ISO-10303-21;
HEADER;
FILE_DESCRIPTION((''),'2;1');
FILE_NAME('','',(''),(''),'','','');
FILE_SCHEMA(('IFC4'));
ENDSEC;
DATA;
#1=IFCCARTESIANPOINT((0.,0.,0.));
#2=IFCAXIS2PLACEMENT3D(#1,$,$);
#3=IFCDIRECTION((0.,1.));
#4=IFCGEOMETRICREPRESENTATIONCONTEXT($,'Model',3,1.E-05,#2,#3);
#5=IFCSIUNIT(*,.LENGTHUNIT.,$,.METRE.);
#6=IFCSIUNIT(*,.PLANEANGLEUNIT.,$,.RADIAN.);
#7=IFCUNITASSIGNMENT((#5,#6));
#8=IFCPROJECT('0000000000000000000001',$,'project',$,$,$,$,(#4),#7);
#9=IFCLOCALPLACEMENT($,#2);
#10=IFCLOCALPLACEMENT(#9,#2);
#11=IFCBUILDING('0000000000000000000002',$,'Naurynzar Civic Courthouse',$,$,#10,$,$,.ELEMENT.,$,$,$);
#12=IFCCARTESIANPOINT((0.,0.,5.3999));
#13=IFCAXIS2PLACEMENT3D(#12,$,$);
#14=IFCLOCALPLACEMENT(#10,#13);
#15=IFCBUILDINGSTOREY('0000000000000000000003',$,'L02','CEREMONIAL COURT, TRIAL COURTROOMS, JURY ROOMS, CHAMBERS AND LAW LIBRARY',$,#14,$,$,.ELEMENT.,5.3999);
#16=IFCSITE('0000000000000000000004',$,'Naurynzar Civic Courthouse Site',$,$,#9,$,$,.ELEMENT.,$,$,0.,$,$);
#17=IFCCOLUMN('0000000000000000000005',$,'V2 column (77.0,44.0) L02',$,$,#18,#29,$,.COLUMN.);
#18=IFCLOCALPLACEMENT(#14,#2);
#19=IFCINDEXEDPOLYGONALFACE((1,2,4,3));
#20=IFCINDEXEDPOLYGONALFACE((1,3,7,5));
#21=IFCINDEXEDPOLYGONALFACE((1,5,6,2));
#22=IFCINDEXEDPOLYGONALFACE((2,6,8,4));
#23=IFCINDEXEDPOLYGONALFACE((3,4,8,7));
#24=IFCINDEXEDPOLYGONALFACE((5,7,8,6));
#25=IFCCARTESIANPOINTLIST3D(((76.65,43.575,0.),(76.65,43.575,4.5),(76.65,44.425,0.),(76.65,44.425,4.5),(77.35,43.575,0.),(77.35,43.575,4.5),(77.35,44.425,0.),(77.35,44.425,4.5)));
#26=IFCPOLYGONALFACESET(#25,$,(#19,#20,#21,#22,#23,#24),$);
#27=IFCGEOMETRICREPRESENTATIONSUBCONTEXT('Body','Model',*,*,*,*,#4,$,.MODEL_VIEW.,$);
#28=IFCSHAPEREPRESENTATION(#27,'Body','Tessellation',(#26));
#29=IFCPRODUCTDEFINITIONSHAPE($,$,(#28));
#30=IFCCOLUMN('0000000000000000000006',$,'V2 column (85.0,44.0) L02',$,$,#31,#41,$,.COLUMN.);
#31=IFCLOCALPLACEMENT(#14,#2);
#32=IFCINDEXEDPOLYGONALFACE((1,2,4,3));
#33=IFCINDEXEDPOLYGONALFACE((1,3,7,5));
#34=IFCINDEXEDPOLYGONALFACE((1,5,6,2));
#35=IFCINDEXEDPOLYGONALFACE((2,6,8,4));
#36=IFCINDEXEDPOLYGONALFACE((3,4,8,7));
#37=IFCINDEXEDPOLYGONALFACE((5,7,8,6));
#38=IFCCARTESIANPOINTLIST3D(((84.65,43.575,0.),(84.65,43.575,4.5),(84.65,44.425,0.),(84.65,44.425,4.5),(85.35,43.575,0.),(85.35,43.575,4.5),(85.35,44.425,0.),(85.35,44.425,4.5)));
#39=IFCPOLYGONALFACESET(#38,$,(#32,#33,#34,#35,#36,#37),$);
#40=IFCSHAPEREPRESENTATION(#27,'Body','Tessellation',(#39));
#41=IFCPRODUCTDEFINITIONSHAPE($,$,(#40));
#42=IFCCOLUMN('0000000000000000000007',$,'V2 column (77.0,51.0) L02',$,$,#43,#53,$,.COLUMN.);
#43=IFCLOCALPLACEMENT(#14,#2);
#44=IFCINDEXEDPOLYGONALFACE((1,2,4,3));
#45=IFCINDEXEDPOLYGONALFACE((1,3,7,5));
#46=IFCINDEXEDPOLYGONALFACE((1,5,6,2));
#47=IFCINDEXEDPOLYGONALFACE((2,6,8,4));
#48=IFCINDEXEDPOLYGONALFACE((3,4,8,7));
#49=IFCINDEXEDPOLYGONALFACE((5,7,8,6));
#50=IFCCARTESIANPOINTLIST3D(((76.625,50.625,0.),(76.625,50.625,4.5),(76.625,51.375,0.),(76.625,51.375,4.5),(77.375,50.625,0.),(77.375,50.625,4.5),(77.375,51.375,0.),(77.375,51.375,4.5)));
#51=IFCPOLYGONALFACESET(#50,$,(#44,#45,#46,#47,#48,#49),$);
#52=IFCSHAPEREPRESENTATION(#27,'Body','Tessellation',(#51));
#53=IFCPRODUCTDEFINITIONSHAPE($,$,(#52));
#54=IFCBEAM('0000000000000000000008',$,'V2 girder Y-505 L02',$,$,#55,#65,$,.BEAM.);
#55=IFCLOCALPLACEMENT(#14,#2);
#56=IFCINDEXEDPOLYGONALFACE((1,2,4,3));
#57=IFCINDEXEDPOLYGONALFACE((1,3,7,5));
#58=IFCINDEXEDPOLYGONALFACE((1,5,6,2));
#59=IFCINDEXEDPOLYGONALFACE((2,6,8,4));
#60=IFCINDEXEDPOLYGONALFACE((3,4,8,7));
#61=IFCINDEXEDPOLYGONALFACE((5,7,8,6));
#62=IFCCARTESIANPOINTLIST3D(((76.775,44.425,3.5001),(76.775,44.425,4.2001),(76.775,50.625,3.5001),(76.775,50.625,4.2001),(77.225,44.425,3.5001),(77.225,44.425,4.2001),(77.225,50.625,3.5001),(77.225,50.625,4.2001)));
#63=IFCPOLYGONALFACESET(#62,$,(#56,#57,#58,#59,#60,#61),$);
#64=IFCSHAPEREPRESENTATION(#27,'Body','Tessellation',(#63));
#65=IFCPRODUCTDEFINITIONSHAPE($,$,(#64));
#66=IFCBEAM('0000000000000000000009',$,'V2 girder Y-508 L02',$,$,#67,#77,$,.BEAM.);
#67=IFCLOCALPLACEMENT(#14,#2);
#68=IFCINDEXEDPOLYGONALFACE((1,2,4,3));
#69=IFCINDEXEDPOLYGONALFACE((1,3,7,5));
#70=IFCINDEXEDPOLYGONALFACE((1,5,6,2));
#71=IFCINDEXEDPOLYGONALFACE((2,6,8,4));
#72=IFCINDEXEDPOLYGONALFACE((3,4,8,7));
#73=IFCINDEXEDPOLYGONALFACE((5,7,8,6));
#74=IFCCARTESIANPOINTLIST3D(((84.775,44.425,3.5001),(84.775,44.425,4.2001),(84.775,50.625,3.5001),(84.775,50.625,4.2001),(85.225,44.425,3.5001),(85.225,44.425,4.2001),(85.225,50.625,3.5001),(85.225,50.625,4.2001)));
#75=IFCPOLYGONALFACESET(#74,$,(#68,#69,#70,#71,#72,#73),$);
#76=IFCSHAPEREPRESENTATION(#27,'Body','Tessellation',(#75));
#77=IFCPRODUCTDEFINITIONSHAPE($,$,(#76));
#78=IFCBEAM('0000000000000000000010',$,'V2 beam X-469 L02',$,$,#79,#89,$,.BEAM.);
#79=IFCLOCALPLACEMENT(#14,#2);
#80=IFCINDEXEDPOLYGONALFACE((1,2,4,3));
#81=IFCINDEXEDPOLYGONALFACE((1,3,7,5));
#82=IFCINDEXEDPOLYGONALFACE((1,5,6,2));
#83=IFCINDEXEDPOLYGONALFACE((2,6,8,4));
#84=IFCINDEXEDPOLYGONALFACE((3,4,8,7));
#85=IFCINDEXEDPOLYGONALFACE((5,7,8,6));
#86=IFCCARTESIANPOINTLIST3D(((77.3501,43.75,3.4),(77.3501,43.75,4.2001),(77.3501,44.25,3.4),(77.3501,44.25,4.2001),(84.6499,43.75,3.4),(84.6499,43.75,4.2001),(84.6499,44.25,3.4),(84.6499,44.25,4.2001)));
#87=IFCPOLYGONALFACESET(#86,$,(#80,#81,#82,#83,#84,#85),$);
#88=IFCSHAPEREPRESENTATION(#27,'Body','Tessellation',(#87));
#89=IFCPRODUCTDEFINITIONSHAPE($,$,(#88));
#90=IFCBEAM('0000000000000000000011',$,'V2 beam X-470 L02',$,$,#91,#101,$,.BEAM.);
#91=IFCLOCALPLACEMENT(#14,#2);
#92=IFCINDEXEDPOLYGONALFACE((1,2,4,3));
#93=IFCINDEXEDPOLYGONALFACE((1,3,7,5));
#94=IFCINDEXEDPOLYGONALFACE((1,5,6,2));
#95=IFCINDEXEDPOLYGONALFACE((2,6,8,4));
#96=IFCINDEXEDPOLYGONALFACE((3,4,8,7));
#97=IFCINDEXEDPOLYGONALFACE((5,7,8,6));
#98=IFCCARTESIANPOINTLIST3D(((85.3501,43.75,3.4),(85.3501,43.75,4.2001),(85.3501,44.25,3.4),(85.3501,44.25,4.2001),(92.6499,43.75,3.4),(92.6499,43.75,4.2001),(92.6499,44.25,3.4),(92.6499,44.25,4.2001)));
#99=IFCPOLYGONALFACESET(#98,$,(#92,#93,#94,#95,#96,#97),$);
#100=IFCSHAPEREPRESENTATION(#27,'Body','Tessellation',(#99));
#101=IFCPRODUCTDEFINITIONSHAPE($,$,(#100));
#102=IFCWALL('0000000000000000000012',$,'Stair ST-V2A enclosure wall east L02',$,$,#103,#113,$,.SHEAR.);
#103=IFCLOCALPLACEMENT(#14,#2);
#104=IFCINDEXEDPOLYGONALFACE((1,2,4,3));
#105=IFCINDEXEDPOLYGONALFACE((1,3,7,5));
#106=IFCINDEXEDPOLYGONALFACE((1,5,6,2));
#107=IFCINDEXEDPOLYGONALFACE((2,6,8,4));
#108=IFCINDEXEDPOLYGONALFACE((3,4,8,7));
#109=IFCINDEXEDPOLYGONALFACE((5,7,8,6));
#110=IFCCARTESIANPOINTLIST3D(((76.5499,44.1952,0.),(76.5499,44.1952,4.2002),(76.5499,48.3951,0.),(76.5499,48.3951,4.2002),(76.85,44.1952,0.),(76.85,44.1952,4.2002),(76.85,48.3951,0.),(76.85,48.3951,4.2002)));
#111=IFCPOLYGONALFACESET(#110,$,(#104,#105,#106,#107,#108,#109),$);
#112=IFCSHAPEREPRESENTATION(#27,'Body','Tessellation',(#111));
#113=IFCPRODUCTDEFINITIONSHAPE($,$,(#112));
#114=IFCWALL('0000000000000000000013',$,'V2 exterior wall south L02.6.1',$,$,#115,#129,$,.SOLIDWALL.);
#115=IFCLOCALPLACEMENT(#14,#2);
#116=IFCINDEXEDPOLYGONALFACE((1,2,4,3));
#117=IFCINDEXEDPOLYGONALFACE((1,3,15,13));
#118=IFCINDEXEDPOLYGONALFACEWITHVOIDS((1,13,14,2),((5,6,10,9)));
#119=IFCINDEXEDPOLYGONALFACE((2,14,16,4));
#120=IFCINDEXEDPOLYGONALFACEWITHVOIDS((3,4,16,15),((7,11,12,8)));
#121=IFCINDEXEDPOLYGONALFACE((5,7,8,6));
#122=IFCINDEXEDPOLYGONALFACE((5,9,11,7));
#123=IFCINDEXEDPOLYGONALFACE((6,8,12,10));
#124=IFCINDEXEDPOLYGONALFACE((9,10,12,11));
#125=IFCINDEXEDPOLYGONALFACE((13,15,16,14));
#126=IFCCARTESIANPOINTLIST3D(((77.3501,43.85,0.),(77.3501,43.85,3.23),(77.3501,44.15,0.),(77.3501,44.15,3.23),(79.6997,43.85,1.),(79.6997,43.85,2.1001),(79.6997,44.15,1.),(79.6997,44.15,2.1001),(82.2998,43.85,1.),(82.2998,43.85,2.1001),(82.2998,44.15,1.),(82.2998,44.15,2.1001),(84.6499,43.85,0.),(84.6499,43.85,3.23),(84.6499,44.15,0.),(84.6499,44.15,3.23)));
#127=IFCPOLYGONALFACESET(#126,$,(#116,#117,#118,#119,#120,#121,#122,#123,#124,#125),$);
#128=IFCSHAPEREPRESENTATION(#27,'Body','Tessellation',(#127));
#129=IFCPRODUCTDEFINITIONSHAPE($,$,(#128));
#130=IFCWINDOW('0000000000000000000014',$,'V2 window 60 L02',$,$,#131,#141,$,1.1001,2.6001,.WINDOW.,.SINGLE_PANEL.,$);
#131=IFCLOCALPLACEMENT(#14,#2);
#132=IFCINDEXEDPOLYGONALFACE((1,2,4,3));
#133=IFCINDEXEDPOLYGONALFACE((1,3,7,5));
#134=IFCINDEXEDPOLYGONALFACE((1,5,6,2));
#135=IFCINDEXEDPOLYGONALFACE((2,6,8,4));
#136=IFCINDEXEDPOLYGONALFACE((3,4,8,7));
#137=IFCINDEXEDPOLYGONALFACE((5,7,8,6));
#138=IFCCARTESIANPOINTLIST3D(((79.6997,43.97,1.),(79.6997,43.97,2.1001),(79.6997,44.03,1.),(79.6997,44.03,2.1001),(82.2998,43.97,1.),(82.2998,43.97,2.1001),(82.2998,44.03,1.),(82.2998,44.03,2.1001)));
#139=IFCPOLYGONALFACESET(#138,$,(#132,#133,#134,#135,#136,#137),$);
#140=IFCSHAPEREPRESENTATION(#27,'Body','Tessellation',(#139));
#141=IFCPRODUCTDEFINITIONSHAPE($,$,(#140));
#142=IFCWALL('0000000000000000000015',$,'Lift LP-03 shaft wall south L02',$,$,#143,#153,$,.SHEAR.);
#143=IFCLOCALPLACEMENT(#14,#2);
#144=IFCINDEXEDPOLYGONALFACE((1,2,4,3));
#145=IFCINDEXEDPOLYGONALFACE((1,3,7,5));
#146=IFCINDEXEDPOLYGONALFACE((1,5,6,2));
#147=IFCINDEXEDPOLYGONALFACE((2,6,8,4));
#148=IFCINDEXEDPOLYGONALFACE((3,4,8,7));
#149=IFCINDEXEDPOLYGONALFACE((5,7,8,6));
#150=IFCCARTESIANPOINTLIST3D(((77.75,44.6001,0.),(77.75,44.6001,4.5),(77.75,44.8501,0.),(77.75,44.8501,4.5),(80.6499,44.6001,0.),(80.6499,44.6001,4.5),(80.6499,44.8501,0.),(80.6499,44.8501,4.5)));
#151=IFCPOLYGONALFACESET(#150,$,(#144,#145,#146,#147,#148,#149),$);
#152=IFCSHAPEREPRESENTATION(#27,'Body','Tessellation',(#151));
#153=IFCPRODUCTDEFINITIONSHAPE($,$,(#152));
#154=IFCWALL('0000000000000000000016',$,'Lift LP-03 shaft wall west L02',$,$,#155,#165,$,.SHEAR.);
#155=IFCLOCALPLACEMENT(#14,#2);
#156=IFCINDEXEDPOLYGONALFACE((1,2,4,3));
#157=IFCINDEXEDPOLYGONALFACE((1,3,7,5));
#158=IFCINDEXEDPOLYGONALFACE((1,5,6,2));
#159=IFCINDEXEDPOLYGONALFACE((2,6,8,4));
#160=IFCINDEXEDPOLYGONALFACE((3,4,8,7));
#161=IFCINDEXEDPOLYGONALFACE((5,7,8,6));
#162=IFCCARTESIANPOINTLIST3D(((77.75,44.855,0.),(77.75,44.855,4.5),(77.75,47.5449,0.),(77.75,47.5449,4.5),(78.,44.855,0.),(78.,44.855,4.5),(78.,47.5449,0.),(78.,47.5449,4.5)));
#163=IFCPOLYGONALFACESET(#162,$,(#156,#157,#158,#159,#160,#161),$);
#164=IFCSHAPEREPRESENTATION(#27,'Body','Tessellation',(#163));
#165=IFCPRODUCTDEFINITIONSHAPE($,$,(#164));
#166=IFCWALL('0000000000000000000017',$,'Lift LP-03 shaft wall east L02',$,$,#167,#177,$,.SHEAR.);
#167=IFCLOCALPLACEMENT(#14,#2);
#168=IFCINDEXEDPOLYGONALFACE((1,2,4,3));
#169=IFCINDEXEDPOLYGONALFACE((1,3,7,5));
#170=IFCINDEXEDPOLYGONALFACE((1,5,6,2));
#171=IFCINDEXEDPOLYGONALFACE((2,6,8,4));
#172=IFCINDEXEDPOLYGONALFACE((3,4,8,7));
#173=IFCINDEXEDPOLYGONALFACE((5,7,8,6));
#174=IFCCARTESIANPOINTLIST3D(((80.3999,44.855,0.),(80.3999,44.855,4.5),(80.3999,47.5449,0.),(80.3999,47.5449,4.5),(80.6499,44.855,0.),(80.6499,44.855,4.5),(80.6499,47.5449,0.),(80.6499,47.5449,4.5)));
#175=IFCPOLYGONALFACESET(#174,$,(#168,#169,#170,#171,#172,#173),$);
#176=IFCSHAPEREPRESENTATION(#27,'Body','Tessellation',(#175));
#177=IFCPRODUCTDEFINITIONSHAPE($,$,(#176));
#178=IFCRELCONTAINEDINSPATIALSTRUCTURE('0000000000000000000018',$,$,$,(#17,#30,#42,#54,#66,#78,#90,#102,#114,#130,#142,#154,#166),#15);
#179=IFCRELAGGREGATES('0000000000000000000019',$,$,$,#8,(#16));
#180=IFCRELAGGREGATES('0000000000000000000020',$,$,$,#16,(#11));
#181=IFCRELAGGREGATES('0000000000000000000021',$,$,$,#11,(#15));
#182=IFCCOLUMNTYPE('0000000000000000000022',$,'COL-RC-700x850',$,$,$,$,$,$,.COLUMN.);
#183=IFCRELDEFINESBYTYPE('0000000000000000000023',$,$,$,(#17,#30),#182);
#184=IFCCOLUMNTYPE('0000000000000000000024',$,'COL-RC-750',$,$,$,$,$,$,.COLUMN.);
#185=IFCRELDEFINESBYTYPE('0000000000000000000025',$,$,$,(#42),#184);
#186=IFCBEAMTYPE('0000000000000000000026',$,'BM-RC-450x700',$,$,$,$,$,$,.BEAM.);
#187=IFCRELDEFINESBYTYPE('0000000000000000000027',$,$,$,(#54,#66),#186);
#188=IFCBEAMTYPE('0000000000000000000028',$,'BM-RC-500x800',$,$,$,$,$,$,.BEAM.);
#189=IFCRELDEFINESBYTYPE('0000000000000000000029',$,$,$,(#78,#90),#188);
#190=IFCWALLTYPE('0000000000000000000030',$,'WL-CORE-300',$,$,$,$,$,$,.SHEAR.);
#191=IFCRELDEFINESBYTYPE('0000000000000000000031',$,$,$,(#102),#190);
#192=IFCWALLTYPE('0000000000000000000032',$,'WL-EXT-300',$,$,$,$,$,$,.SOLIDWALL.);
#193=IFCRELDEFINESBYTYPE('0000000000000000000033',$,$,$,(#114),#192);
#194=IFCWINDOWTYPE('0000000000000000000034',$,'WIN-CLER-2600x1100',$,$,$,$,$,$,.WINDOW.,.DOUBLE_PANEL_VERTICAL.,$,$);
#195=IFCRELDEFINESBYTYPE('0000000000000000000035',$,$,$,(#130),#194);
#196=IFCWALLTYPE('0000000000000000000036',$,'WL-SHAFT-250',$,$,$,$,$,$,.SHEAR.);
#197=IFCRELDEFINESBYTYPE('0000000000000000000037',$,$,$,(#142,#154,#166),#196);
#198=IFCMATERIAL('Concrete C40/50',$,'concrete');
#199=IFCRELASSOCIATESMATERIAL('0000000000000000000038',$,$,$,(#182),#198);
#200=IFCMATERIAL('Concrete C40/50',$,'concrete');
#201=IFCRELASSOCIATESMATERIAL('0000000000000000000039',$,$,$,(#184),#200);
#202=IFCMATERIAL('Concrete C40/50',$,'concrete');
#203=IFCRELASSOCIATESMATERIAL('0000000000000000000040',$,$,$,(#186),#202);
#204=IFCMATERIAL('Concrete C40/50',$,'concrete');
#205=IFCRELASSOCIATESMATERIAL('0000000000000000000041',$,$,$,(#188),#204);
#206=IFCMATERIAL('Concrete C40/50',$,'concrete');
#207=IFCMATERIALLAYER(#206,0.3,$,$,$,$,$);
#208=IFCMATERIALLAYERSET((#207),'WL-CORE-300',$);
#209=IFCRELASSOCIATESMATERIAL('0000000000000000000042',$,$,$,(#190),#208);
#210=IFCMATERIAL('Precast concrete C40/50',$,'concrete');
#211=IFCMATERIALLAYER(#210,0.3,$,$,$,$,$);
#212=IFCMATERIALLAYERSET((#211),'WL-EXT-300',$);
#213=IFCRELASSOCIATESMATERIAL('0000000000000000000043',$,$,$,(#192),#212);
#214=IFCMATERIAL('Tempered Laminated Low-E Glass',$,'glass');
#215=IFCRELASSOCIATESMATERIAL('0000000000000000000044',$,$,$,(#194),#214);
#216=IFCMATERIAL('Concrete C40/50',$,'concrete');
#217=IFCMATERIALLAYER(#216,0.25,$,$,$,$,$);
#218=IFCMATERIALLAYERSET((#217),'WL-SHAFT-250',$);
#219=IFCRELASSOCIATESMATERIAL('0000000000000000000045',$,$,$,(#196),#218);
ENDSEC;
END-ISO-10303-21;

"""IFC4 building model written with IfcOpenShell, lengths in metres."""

from ifc_helpers import new_model, si_unit, direction, frame, frame_2d, origin, origin_2d, place, context, subcontext, project, spatial, rectangle, extrude, material, layer, layer_set, material_profile, profile_set, type_object, element, fill, save


model = new_model("IFC4")

# Units and contexts
model_context = context("Model", 3, precision=1e-05, world=origin(), true_north=direction((0.0, 1.0)))
body_context = subcontext(model_context, "Body", "Model", "MODEL_VIEW")
ifc_project = project(units=[si_unit("LENGTHUNIT", "METRE"), si_unit("PLANEANGLEUNIT", "RADIAN")], contexts=[model_context])

# Site, building, storey
site_placement = place(None, origin())
site = spatial("IfcSite", under=ifc_project, at=site_placement, Name="Naurynzar Civic Courthouse Site", CompositionType="ELEMENT", RefElevation=0.0)
building_placement = place(site_placement, origin())
building = spatial("IfcBuilding", under=site, at=building_placement, Name="Naurynzar Civic Courthouse", CompositionType="ELEMENT")
storey_placement = place(building_placement, frame((0.0, 0.0, 5.3999)))
storey = spatial("IfcBuildingStorey", under=building, at=storey_placement, Name="L02", Description="CEREMONIAL COURT, TRIAL COURTROOMS, JURY ROOMS, CHAMBERS AND LAW LIBRARY", CompositionType="ELEMENT", Elevation=5.3999)

# Columns
ifc_material_1 = material(Name="Concrete C40/50", Category="concrete")
ifc_material_profile_1 = material_profile(ifc_material_1, rectangle(XDim=0.7, YDim=0.8501, at=origin_2d()), Name="RC 700x850")
ifc_profile_set_1 = profile_set([ifc_material_profile_1], Name="Concrete C40/50")
column_type_1 = type_object("IfcColumnType", Name="COL-RC-700x850", PredefinedType="COLUMN", material=ifc_profile_set_1)
for number, where, z_axis, x_axis, name in (
    (1, (77.0, 44.0, 0.0), (0.0, 0.0, 1.0), (1.0, 0.0, 0.0), "V2 column (77.0,44.0) L02"),
    (2, (85.0, 44.0, 0.0), (0.0, 0.0, 1.0), (1.0, 0.0, 0.0), "V2 column (85.0,44.0) L02"),
):
    element("IfcColumn", number, at=place(storey_placement, frame(where, z_axis=z_axis, x_axis=x_axis)), inside=storey, type_object=column_type_1, Name=name, PredefinedType="COLUMN", context=body_context, shape_type="SweptSolid", body=[
        extrude(rectangle(XDim=0.7, YDim=0.8501, at=origin_2d()), origin(), (0.0, 0.0, 1.0), 4.5),
    ])
ifc_material_2 = material(Name="Concrete C40/50", Category="concrete")
ifc_material_profile_2 = material_profile(ifc_material_2, rectangle(XDim=0.75, YDim=0.75, at=origin_2d()), Name="RC 750x750")
ifc_profile_set_2 = profile_set([ifc_material_profile_2], Name="Concrete C40/50")
column_type_2 = type_object("IfcColumnType", Name="COL-RC-750", PredefinedType="COLUMN", material=ifc_profile_set_2)
column_placement = place(storey_placement, frame((77.0, 51.0, 0.0), z_axis=(0.0, 0.0, 1.0), x_axis=(1.0, 0.0, 0.0)))
element("IfcColumn", 3, at=column_placement, inside=storey, type_object=column_type_2, Name="V2 column (77.0,51.0) L02", PredefinedType="COLUMN", context=body_context, shape_type="SweptSolid", body=[
    extrude(rectangle(XDim=0.75, YDim=0.75, at=origin_2d()), origin(), (0.0, 0.0, 1.0), 4.5),
])

# Beams
ifc_material_3 = material(Name="Concrete C40/50", Category="concrete")
ifc_material_profile_3 = material_profile(ifc_material_3, rectangle(XDim=0.45, YDim=0.7, at=origin_2d()), Name="RCB 450x700")
ifc_profile_set_3 = profile_set([ifc_material_profile_3], Name="Concrete C40/50")
beam_type_1 = type_object("IfcBeamType", Name="BM-RC-450x700", PredefinedType="BEAM", material=ifc_profile_set_3)
for number, where, z_axis, x_axis, name in (
    (4, (77.0, 44.425, 3.8501), (0.0, 1.0, 0.0), (-1.0, 0.0, 0.0), "V2 girder Y-505 L02"),
    (5, (85.0, 44.425, 3.8501), (0.0, 1.0, 0.0), (-1.0, 0.0, 0.0), "V2 girder Y-508 L02"),
):
    element("IfcBeam", number, at=place(storey_placement, frame(where, z_axis=z_axis, x_axis=x_axis)), inside=storey, type_object=beam_type_1, Name=name, PredefinedType="BEAM", context=body_context, shape_type="SweptSolid", body=[
        extrude(rectangle(XDim=0.45, YDim=0.7, at=origin_2d()), origin(), (0.0, 0.0, 1.0), 6.2),
    ])
ifc_material_4 = material(Name="Concrete C40/50", Category="concrete")
ifc_material_profile_4 = material_profile(ifc_material_4, rectangle(XDim=0.5, YDim=0.8, at=origin_2d()), Name="RCB 500x800")
ifc_profile_set_4 = profile_set([ifc_material_profile_4], Name="Concrete C40/50")
beam_type_2 = type_object("IfcBeamType", Name="BM-RC-500x800", PredefinedType="BEAM", material=ifc_profile_set_4)
for number, where, z_axis, x_axis, name in (
    (6, (77.3501, 44.0, 3.8), (1.0, 0.0, 0.0), (0.0, 1.0, 0.0), "V2 beam X-469 L02"),
    (7, (85.3501, 44.0, 3.8), (1.0, 0.0, 0.0), (0.0, 1.0, 0.0), "V2 beam X-470 L02"),
):
    element("IfcBeam", number, at=place(storey_placement, frame(where, z_axis=z_axis, x_axis=x_axis)), inside=storey, type_object=beam_type_2, Name=name, PredefinedType="BEAM", context=body_context, shape_type="SweptSolid", body=[
        extrude(rectangle(XDim=0.5, YDim=0.8, at=origin_2d()), origin(), (0.0, 0.0, 1.0), 7.2998),
    ])

# Shared definitions
ifc_material_5 = material(Name="Concrete C40/50", Category="concrete")
ifc_layer_1 = layer(ifc_material_5, 0.3)
ifc_layer_set_1 = layer_set([ifc_layer_1], Name="WL-CORE-300")
wall_type_1 = type_object("IfcWallType", Name="WL-CORE-300", PredefinedType="SHEAR", material=ifc_layer_set_1)

# Wall
wall_1_placement = place(storey_placement, frame((76.7, 44.1951, 0.0), z_axis=(0.0, 0.0, 1.0), x_axis=(0.0, 1.0, 0.0)))
element("IfcWall", 8, at=wall_1_placement, inside=storey, type_object=wall_type_1, Name="Stair ST-V2A enclosure wall east L02", PredefinedType="SHEAR", context=body_context, shape_type="SweptSolid", body=[
    extrude(rectangle(XDim=4.2, YDim=0.3, at=frame_2d((2.1001, 0.0))), origin(), (0.0, 0.0, 1.0), 4.2002),
])

# Wall, opening, window
ifc_material_6 = material(Name="Precast concrete C40/50", Category="concrete")
ifc_layer_2 = layer(ifc_material_6, 0.3)
ifc_layer_set_2 = layer_set([ifc_layer_2], Name="WL-EXT-300")
wall_type_2 = type_object("IfcWallType", Name="WL-EXT-300", PredefinedType="SOLIDWALL", material=ifc_layer_set_2)
wall_2_placement = place(storey_placement, frame((84.6499, 44.0, 0.0), z_axis=(0.0, 0.0, 1.0), x_axis=(-1.0, 0.0, 0.0)))
wall_2 = element("IfcWall", 9, at=wall_2_placement, inside=storey, type_object=wall_type_2, Name="V2 exterior wall south L02.6.1", PredefinedType="SOLIDWALL", context=body_context, shape_type="SweptSolid", body=[
    extrude(rectangle(XDim=7.2998, YDim=0.3, at=frame_2d((3.6499, 0.0))), origin(), (0.0, 0.0, 1.0), 3.23),
])
opening_1_placement = place(wall_2_placement, frame((2.3501, 0.0, 1.0)))
opening_1 = element("IfcOpeningElement", 10, at=opening_1_placement, cuts=wall_2, PredefinedType="OPENING", context=body_context, shape_type="SweptSolid", body=[
    extrude(rectangle(XDim=2.6001, YDim=1.1001, at=frame_2d((1.3, 0.55))), frame((0.0, 0.1599, 0.0), z_axis=(0.0, -1.0, 0.0), x_axis=(1.0, 0.0, 0.0)), (0.0, 0.0, 1.0), 0.3201),
])
ifc_material_7 = material(Name="Tempered Laminated Low-E Glass", Category="glass")
window_type = type_object("IfcWindowType", Name="WIN-CLER-2600x1100", PartitioningType="DOUBLE_PANEL_VERTICAL", PredefinedType="WINDOW", material=ifc_material_7)
window_placement = place(opening_1_placement, origin())
window = element("IfcWindow", 11, at=window_placement, inside=storey, type_object=window_type, Name="V2 window 60 L02", OverallHeight=1.1001, OverallWidth=2.6001, PartitioningType="SINGLE_PANEL", PredefinedType="WINDOW", context=body_context, shape_type="SweptSolid", body=[
    extrude(rectangle(XDim=2.6001, YDim=1.1001, at=frame_2d((1.3, 0.55))), frame((0.0, 0.03, 0.0), z_axis=(0.0, -1.0, 0.0), x_axis=(1.0, 0.0, 0.0)), (0.0, 0.0, 1.0), 0.0601),
])
fill(opening_1, window)

# Wall
ifc_material_8 = material(Name="Concrete C40/50", Category="concrete")
ifc_layer_3 = layer(ifc_material_8, 0.25)
ifc_layer_set_3 = layer_set([ifc_layer_3], Name="WL-SHAFT-250")
wall_type_3 = type_object("IfcWallType", Name="WL-SHAFT-250", PredefinedType="SHEAR", material=ifc_layer_set_3)
wall_3_placement = place(storey_placement, frame((77.75, 44.7251, 0.0), z_axis=(0.0, 0.0, 1.0), x_axis=(1.0, 0.0, 0.0)))
element("IfcWall", 12, at=wall_3_placement, inside=storey, type_object=wall_type_3, Name="Lift LP-03 shaft wall south L02", PredefinedType="SHEAR", context=body_context, shape_type="SweptSolid", body=[
    extrude(rectangle(XDim=2.8999, YDim=0.25, at=frame_2d((1.45, 0.0))), origin(), (0.0, 0.0, 1.0), 4.5),
])

# Walls
for number, where, z_axis, x_axis, name in (
    (13, (77.875, 47.5449, 0.0), (0.0, 0.0, 1.0), (0.0, -1.0, 0.0), "Lift LP-03 shaft wall west L02"),
    (14, (80.5249, 44.855, 0.0), (0.0, 0.0, 1.0), (0.0, 1.0, 0.0), "Lift LP-03 shaft wall east L02"),
):
    element("IfcWall", number, at=place(storey_placement, frame(where, z_axis=z_axis, x_axis=x_axis)), inside=storey, type_object=wall_type_3, Name=name, PredefinedType="SHEAR", context=body_context, shape_type="SweptSolid", body=[
        extrude(rectangle(XDim=2.6899, YDim=0.25, at=frame_2d((1.345, 0.0))), origin(), (0.0, 0.0, 1.0), 4.5),
    ])

save(model, "model.ifc")
